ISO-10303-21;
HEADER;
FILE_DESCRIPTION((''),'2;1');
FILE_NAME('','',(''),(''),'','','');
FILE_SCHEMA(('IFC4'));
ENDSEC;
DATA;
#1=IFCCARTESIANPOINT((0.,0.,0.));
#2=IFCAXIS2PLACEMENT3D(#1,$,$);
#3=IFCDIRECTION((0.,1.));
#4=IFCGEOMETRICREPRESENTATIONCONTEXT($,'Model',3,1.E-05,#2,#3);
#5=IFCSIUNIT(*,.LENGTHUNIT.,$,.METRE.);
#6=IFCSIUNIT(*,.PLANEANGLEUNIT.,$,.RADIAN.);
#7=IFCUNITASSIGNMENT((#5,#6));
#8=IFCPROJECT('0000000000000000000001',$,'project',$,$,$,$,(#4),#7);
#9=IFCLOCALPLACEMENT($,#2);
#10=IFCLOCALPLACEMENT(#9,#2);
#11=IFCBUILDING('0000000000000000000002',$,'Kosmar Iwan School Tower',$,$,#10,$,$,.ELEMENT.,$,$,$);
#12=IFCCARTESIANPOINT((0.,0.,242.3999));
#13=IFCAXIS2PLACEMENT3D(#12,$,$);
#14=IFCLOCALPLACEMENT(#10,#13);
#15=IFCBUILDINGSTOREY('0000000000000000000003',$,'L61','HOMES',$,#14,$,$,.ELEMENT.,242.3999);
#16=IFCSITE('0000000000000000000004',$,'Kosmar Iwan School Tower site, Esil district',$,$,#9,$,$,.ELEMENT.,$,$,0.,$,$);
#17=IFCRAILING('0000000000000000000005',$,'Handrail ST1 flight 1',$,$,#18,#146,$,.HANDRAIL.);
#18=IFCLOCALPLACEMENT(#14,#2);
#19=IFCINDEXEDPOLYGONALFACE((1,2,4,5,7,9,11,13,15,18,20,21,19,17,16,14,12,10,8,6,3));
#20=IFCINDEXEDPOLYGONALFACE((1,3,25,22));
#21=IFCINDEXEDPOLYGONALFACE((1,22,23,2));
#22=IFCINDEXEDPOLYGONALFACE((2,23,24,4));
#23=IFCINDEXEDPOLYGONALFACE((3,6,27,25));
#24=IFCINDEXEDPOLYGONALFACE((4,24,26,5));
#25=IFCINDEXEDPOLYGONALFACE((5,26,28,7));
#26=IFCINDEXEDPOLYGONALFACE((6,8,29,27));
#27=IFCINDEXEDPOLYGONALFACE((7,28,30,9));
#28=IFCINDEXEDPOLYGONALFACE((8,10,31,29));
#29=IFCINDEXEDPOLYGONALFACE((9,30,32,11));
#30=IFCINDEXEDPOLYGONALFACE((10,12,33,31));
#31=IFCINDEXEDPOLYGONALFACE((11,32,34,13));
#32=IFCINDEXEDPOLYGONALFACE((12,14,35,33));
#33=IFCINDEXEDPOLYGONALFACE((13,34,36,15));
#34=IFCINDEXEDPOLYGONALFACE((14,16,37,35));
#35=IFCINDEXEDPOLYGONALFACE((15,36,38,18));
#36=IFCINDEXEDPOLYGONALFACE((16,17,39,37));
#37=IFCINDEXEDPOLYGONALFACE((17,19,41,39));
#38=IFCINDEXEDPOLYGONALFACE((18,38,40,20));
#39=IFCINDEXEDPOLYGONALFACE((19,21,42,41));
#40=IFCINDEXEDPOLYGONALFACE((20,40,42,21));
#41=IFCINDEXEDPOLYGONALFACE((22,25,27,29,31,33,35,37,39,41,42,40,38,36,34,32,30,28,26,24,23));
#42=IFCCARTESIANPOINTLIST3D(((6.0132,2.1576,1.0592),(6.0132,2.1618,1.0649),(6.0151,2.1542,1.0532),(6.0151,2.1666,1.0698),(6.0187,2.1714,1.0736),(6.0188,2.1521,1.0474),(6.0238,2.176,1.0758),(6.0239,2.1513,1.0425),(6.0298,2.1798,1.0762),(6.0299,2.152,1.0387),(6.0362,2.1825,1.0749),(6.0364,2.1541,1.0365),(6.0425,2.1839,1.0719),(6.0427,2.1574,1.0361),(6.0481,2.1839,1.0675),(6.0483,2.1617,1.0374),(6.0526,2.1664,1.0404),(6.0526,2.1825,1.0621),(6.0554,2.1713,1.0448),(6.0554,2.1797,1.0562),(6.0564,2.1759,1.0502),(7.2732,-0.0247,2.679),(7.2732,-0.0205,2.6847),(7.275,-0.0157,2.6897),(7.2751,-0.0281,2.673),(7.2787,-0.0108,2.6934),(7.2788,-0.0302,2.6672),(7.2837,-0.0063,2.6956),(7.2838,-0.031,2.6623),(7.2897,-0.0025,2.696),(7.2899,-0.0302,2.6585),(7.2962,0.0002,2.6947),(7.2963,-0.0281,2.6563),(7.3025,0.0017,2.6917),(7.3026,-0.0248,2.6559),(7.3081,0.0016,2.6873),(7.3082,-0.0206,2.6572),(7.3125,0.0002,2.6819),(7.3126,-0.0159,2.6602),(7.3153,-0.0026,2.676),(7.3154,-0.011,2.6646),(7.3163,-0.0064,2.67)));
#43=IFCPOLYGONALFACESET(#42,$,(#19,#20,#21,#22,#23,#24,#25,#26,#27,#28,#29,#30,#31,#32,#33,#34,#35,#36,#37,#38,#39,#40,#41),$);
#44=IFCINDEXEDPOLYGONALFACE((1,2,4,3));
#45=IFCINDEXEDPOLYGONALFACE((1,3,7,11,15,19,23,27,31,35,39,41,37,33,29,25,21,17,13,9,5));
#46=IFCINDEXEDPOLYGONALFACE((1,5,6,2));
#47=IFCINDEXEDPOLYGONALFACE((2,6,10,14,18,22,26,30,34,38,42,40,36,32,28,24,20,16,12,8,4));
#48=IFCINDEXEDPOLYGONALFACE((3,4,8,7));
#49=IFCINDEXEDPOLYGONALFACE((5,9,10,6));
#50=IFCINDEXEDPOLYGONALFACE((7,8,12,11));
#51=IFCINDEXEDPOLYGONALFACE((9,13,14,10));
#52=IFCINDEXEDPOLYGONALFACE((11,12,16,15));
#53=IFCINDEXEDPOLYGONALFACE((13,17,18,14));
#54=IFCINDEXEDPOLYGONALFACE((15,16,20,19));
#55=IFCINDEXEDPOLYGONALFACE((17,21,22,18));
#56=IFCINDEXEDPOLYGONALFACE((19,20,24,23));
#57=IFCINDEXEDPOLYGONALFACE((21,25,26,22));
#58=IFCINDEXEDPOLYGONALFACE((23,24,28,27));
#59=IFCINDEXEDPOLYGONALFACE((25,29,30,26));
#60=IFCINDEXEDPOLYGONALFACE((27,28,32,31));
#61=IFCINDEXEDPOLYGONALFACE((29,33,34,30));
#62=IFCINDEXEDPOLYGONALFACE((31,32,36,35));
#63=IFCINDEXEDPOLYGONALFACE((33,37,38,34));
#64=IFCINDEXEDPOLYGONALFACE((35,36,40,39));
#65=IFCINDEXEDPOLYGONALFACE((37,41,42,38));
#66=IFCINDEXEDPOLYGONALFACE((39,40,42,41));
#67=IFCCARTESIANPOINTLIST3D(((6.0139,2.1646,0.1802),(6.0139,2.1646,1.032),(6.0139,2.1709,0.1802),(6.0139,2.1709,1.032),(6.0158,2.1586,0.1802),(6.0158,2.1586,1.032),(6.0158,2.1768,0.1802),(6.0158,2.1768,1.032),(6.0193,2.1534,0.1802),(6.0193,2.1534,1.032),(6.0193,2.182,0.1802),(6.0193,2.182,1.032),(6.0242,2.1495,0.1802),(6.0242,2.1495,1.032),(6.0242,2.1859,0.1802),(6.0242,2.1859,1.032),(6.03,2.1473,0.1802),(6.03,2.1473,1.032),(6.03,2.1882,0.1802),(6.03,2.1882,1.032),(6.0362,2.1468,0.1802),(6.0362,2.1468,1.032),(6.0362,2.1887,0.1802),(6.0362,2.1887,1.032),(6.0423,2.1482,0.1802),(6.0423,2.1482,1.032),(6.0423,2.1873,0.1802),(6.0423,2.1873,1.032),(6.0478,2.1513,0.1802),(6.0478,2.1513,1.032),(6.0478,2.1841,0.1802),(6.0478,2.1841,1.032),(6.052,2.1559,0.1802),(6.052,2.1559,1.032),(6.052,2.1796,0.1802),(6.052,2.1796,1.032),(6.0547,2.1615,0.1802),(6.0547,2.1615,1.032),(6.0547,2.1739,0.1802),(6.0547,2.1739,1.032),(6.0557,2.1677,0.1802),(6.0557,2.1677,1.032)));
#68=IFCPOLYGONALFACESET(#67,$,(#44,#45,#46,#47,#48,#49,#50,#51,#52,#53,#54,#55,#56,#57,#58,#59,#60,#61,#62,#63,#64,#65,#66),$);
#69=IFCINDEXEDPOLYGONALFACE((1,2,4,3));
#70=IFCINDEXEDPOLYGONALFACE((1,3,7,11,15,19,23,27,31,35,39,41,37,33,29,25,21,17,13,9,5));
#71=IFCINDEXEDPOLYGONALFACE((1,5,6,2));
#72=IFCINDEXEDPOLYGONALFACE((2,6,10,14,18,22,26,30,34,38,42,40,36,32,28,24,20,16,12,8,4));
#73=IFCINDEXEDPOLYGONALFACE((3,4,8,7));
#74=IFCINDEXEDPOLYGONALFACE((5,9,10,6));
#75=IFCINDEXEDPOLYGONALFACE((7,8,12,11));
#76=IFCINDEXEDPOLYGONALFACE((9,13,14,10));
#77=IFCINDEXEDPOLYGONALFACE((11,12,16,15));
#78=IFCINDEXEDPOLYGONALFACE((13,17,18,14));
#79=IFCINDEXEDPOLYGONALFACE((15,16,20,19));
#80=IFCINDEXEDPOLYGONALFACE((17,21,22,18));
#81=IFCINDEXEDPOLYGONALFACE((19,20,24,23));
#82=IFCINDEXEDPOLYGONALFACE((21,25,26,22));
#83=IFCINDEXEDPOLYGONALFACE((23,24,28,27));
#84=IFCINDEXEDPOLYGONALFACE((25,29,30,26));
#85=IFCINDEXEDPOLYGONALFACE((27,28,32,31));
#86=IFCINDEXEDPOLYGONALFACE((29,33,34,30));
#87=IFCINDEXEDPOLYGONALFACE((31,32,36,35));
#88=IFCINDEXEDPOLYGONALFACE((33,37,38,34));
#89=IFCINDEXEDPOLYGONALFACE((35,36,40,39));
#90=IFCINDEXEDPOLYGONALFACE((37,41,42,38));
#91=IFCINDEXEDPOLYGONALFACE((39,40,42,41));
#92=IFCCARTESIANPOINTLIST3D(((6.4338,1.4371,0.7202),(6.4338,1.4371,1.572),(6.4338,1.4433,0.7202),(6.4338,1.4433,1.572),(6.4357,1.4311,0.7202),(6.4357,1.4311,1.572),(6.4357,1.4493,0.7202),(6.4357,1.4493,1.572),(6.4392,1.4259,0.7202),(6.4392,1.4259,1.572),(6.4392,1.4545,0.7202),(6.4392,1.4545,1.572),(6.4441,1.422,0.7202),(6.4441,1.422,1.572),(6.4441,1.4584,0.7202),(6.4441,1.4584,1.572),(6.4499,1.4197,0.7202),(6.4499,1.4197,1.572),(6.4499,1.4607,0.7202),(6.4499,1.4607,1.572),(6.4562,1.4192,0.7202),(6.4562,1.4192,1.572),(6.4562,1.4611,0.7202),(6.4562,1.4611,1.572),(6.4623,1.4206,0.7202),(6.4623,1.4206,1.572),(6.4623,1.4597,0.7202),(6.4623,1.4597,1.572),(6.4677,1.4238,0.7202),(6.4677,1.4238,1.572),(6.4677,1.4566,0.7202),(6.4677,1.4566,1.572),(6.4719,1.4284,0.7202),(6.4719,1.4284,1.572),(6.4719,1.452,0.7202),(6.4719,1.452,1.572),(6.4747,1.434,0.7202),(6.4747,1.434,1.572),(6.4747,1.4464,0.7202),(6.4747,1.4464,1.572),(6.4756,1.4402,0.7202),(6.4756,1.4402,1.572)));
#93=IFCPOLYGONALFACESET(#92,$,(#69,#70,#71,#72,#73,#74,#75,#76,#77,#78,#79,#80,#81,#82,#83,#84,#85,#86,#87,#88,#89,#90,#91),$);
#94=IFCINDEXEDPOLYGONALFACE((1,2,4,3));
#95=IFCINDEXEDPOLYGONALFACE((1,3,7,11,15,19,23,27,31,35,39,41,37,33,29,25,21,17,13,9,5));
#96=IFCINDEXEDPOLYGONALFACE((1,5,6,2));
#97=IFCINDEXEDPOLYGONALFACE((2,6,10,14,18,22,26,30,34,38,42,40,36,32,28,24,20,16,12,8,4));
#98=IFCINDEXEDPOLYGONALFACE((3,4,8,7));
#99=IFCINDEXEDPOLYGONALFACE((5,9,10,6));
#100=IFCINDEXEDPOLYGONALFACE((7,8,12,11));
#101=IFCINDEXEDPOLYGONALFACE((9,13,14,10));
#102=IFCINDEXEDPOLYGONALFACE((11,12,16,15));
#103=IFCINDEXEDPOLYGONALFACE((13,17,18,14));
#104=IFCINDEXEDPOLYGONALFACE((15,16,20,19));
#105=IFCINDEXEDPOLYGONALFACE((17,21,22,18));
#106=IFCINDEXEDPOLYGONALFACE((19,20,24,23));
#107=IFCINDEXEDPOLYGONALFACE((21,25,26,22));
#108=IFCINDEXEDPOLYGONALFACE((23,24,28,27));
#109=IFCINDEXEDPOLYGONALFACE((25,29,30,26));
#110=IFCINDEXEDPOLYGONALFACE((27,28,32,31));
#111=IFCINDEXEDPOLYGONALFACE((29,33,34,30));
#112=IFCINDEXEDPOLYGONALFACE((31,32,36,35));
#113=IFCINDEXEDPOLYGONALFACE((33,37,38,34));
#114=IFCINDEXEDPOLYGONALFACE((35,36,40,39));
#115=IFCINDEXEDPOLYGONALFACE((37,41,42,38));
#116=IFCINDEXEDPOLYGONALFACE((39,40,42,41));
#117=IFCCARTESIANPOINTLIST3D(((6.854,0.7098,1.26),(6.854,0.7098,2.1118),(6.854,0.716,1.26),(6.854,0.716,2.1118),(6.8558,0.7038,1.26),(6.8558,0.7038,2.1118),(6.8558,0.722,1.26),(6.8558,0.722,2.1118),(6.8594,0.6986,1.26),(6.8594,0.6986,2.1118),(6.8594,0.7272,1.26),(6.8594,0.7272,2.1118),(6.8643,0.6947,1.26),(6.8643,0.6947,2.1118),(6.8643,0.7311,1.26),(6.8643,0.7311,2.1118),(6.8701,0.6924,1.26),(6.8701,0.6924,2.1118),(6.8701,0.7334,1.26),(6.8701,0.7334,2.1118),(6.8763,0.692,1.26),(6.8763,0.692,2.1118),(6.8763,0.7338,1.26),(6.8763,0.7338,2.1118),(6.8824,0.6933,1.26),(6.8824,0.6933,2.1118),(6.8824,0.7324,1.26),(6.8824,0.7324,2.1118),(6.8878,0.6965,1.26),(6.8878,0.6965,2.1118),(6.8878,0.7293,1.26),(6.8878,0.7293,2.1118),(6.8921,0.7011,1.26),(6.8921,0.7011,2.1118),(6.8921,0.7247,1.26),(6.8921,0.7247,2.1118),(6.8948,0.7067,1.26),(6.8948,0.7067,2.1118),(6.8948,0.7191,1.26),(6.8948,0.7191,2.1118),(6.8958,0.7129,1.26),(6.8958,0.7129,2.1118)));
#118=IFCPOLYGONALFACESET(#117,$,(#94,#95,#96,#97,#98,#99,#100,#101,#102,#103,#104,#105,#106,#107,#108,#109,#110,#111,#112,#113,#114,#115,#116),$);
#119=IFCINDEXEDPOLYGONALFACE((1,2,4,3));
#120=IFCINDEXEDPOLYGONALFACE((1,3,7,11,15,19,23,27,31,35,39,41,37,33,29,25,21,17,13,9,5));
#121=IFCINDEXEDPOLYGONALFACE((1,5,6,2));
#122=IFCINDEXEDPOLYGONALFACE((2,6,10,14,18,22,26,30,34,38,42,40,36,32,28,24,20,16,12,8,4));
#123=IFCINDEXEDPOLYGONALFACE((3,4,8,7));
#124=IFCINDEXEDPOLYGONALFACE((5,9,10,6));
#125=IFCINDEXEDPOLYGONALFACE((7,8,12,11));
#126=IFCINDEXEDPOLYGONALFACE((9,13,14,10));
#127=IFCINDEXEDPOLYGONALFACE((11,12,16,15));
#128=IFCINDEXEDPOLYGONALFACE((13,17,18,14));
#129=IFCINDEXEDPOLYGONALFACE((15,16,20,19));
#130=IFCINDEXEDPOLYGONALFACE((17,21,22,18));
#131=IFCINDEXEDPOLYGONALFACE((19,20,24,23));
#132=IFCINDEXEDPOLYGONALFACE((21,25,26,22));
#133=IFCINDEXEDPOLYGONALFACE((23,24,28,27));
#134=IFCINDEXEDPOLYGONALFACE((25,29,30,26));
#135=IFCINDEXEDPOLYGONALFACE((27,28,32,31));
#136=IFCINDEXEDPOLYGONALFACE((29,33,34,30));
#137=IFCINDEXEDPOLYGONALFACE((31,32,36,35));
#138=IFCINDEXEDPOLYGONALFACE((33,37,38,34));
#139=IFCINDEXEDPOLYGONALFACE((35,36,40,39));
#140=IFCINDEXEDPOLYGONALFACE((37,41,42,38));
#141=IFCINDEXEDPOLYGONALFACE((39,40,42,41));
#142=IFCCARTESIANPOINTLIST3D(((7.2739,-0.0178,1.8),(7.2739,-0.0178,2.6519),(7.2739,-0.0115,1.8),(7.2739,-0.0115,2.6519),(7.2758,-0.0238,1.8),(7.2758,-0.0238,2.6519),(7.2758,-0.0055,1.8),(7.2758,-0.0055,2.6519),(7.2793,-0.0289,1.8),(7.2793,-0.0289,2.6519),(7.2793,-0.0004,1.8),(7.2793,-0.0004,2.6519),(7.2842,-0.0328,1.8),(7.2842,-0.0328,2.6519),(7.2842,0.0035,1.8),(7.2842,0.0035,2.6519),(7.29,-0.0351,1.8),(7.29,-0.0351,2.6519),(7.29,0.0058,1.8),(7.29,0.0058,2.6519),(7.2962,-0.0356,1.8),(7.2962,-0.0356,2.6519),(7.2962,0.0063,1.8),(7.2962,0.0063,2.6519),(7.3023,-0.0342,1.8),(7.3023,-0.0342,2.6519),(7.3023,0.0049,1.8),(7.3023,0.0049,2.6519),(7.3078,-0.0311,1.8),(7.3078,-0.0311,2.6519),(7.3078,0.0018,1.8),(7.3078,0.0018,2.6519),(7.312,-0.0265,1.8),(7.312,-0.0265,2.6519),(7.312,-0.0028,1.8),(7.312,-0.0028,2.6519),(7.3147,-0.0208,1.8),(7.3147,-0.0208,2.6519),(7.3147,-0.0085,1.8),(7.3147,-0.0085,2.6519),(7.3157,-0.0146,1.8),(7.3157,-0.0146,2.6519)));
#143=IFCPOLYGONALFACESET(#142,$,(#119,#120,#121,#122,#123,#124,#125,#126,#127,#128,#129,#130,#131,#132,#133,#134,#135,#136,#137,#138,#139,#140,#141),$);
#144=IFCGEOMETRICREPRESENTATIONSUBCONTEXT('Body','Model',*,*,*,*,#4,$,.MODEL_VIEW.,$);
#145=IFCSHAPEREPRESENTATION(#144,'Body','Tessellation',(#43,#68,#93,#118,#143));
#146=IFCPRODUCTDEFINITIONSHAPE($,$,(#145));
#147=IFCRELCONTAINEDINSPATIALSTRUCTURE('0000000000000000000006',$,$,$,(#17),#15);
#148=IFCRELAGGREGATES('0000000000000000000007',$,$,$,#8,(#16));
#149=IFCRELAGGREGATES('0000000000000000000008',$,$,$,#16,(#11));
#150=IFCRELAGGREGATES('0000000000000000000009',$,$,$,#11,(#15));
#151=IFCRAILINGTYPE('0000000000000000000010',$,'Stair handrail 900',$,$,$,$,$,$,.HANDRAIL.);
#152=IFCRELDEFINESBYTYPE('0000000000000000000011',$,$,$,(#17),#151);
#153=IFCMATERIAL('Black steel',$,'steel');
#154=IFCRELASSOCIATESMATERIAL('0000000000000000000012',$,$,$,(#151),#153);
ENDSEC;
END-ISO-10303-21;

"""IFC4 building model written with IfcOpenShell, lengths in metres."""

from ifc_helpers import new_model, si_unit, direction, frame, origin, origin_2d, place, context, subcontext, project, spatial, circle, extrude, material, type_object, element, save


model = new_model("IFC4")

# Units and contexts
model_context = context("Model", 3, precision=1e-05, world=origin(), true_north=direction((0.0, 1.0)))
body_context = subcontext(model_context, "Body", "Model", "MODEL_VIEW")
ifc_project = project(units=[si_unit("LENGTHUNIT", "METRE"), si_unit("PLANEANGLEUNIT", "RADIAN")], contexts=[model_context])

# Site, building, storey
site_placement = place(None, origin())
site = spatial("IfcSite", under=ifc_project, at=site_placement, Name="Kosmar Iwan School Tower site, Esil district", CompositionType="ELEMENT", RefElevation=0.0)
building_placement = place(site_placement, origin())
building = spatial("IfcBuilding", under=site, at=building_placement, Name="Kosmar Iwan School Tower", CompositionType="ELEMENT")
storey_placement = place(building_placement, frame((0.0, 0.0, 242.3999)))
storey = spatial("IfcBuildingStorey", under=building, at=storey_placement, Name="L61", Description="HOMES", CompositionType="ELEMENT", Elevation=242.3999)

# Railing
ifc_material_1 = material(Name="Black steel", Category="steel")
railing_type = type_object("IfcRailingType", Name="Stair handrail 900", PredefinedType="HANDRAIL", material=ifc_material_1)
railing_placement = place(storey_placement, frame((6.0347, 2.1677, 0.1802)))
element("IfcRailing", 1, at=railing_placement, inside=storey, type_object=railing_type, Name="Handrail ST1 flight 1", PredefinedType="HANDRAIL", context=body_context, shape_type="SweptSolid", body=[
    extrude(circle(Radius=0.0239, at=origin_2d()), frame((0.0, 0.0, 0.876), z_axis=(0.420603, -0.728496, 0.540728), x_axis=(0.866023, 0.500005, 0.0)), (0.0, 0.0, 1.0), 2.9956),
    extrude(circle(Radius=0.021, at=origin_2d()), origin(), (0.0, 0.0, 1.0), 0.8518),
    extrude(circle(Radius=0.021, at=origin_2d()), frame((0.4199, -0.7275, 0.54)), (0.0, 0.0, 1.0), 0.8518),
    extrude(circle(Radius=0.021, at=origin_2d()), frame((0.8401, -1.4548, 1.0798)), (0.0, 0.0, 1.0), 0.8518),
    extrude(circle(Radius=0.021, at=origin_2d()), frame((1.26, -2.1824, 1.6199)), (0.0, 0.0, 1.0), 0.8518),
])

save(model, "model.ifc")
